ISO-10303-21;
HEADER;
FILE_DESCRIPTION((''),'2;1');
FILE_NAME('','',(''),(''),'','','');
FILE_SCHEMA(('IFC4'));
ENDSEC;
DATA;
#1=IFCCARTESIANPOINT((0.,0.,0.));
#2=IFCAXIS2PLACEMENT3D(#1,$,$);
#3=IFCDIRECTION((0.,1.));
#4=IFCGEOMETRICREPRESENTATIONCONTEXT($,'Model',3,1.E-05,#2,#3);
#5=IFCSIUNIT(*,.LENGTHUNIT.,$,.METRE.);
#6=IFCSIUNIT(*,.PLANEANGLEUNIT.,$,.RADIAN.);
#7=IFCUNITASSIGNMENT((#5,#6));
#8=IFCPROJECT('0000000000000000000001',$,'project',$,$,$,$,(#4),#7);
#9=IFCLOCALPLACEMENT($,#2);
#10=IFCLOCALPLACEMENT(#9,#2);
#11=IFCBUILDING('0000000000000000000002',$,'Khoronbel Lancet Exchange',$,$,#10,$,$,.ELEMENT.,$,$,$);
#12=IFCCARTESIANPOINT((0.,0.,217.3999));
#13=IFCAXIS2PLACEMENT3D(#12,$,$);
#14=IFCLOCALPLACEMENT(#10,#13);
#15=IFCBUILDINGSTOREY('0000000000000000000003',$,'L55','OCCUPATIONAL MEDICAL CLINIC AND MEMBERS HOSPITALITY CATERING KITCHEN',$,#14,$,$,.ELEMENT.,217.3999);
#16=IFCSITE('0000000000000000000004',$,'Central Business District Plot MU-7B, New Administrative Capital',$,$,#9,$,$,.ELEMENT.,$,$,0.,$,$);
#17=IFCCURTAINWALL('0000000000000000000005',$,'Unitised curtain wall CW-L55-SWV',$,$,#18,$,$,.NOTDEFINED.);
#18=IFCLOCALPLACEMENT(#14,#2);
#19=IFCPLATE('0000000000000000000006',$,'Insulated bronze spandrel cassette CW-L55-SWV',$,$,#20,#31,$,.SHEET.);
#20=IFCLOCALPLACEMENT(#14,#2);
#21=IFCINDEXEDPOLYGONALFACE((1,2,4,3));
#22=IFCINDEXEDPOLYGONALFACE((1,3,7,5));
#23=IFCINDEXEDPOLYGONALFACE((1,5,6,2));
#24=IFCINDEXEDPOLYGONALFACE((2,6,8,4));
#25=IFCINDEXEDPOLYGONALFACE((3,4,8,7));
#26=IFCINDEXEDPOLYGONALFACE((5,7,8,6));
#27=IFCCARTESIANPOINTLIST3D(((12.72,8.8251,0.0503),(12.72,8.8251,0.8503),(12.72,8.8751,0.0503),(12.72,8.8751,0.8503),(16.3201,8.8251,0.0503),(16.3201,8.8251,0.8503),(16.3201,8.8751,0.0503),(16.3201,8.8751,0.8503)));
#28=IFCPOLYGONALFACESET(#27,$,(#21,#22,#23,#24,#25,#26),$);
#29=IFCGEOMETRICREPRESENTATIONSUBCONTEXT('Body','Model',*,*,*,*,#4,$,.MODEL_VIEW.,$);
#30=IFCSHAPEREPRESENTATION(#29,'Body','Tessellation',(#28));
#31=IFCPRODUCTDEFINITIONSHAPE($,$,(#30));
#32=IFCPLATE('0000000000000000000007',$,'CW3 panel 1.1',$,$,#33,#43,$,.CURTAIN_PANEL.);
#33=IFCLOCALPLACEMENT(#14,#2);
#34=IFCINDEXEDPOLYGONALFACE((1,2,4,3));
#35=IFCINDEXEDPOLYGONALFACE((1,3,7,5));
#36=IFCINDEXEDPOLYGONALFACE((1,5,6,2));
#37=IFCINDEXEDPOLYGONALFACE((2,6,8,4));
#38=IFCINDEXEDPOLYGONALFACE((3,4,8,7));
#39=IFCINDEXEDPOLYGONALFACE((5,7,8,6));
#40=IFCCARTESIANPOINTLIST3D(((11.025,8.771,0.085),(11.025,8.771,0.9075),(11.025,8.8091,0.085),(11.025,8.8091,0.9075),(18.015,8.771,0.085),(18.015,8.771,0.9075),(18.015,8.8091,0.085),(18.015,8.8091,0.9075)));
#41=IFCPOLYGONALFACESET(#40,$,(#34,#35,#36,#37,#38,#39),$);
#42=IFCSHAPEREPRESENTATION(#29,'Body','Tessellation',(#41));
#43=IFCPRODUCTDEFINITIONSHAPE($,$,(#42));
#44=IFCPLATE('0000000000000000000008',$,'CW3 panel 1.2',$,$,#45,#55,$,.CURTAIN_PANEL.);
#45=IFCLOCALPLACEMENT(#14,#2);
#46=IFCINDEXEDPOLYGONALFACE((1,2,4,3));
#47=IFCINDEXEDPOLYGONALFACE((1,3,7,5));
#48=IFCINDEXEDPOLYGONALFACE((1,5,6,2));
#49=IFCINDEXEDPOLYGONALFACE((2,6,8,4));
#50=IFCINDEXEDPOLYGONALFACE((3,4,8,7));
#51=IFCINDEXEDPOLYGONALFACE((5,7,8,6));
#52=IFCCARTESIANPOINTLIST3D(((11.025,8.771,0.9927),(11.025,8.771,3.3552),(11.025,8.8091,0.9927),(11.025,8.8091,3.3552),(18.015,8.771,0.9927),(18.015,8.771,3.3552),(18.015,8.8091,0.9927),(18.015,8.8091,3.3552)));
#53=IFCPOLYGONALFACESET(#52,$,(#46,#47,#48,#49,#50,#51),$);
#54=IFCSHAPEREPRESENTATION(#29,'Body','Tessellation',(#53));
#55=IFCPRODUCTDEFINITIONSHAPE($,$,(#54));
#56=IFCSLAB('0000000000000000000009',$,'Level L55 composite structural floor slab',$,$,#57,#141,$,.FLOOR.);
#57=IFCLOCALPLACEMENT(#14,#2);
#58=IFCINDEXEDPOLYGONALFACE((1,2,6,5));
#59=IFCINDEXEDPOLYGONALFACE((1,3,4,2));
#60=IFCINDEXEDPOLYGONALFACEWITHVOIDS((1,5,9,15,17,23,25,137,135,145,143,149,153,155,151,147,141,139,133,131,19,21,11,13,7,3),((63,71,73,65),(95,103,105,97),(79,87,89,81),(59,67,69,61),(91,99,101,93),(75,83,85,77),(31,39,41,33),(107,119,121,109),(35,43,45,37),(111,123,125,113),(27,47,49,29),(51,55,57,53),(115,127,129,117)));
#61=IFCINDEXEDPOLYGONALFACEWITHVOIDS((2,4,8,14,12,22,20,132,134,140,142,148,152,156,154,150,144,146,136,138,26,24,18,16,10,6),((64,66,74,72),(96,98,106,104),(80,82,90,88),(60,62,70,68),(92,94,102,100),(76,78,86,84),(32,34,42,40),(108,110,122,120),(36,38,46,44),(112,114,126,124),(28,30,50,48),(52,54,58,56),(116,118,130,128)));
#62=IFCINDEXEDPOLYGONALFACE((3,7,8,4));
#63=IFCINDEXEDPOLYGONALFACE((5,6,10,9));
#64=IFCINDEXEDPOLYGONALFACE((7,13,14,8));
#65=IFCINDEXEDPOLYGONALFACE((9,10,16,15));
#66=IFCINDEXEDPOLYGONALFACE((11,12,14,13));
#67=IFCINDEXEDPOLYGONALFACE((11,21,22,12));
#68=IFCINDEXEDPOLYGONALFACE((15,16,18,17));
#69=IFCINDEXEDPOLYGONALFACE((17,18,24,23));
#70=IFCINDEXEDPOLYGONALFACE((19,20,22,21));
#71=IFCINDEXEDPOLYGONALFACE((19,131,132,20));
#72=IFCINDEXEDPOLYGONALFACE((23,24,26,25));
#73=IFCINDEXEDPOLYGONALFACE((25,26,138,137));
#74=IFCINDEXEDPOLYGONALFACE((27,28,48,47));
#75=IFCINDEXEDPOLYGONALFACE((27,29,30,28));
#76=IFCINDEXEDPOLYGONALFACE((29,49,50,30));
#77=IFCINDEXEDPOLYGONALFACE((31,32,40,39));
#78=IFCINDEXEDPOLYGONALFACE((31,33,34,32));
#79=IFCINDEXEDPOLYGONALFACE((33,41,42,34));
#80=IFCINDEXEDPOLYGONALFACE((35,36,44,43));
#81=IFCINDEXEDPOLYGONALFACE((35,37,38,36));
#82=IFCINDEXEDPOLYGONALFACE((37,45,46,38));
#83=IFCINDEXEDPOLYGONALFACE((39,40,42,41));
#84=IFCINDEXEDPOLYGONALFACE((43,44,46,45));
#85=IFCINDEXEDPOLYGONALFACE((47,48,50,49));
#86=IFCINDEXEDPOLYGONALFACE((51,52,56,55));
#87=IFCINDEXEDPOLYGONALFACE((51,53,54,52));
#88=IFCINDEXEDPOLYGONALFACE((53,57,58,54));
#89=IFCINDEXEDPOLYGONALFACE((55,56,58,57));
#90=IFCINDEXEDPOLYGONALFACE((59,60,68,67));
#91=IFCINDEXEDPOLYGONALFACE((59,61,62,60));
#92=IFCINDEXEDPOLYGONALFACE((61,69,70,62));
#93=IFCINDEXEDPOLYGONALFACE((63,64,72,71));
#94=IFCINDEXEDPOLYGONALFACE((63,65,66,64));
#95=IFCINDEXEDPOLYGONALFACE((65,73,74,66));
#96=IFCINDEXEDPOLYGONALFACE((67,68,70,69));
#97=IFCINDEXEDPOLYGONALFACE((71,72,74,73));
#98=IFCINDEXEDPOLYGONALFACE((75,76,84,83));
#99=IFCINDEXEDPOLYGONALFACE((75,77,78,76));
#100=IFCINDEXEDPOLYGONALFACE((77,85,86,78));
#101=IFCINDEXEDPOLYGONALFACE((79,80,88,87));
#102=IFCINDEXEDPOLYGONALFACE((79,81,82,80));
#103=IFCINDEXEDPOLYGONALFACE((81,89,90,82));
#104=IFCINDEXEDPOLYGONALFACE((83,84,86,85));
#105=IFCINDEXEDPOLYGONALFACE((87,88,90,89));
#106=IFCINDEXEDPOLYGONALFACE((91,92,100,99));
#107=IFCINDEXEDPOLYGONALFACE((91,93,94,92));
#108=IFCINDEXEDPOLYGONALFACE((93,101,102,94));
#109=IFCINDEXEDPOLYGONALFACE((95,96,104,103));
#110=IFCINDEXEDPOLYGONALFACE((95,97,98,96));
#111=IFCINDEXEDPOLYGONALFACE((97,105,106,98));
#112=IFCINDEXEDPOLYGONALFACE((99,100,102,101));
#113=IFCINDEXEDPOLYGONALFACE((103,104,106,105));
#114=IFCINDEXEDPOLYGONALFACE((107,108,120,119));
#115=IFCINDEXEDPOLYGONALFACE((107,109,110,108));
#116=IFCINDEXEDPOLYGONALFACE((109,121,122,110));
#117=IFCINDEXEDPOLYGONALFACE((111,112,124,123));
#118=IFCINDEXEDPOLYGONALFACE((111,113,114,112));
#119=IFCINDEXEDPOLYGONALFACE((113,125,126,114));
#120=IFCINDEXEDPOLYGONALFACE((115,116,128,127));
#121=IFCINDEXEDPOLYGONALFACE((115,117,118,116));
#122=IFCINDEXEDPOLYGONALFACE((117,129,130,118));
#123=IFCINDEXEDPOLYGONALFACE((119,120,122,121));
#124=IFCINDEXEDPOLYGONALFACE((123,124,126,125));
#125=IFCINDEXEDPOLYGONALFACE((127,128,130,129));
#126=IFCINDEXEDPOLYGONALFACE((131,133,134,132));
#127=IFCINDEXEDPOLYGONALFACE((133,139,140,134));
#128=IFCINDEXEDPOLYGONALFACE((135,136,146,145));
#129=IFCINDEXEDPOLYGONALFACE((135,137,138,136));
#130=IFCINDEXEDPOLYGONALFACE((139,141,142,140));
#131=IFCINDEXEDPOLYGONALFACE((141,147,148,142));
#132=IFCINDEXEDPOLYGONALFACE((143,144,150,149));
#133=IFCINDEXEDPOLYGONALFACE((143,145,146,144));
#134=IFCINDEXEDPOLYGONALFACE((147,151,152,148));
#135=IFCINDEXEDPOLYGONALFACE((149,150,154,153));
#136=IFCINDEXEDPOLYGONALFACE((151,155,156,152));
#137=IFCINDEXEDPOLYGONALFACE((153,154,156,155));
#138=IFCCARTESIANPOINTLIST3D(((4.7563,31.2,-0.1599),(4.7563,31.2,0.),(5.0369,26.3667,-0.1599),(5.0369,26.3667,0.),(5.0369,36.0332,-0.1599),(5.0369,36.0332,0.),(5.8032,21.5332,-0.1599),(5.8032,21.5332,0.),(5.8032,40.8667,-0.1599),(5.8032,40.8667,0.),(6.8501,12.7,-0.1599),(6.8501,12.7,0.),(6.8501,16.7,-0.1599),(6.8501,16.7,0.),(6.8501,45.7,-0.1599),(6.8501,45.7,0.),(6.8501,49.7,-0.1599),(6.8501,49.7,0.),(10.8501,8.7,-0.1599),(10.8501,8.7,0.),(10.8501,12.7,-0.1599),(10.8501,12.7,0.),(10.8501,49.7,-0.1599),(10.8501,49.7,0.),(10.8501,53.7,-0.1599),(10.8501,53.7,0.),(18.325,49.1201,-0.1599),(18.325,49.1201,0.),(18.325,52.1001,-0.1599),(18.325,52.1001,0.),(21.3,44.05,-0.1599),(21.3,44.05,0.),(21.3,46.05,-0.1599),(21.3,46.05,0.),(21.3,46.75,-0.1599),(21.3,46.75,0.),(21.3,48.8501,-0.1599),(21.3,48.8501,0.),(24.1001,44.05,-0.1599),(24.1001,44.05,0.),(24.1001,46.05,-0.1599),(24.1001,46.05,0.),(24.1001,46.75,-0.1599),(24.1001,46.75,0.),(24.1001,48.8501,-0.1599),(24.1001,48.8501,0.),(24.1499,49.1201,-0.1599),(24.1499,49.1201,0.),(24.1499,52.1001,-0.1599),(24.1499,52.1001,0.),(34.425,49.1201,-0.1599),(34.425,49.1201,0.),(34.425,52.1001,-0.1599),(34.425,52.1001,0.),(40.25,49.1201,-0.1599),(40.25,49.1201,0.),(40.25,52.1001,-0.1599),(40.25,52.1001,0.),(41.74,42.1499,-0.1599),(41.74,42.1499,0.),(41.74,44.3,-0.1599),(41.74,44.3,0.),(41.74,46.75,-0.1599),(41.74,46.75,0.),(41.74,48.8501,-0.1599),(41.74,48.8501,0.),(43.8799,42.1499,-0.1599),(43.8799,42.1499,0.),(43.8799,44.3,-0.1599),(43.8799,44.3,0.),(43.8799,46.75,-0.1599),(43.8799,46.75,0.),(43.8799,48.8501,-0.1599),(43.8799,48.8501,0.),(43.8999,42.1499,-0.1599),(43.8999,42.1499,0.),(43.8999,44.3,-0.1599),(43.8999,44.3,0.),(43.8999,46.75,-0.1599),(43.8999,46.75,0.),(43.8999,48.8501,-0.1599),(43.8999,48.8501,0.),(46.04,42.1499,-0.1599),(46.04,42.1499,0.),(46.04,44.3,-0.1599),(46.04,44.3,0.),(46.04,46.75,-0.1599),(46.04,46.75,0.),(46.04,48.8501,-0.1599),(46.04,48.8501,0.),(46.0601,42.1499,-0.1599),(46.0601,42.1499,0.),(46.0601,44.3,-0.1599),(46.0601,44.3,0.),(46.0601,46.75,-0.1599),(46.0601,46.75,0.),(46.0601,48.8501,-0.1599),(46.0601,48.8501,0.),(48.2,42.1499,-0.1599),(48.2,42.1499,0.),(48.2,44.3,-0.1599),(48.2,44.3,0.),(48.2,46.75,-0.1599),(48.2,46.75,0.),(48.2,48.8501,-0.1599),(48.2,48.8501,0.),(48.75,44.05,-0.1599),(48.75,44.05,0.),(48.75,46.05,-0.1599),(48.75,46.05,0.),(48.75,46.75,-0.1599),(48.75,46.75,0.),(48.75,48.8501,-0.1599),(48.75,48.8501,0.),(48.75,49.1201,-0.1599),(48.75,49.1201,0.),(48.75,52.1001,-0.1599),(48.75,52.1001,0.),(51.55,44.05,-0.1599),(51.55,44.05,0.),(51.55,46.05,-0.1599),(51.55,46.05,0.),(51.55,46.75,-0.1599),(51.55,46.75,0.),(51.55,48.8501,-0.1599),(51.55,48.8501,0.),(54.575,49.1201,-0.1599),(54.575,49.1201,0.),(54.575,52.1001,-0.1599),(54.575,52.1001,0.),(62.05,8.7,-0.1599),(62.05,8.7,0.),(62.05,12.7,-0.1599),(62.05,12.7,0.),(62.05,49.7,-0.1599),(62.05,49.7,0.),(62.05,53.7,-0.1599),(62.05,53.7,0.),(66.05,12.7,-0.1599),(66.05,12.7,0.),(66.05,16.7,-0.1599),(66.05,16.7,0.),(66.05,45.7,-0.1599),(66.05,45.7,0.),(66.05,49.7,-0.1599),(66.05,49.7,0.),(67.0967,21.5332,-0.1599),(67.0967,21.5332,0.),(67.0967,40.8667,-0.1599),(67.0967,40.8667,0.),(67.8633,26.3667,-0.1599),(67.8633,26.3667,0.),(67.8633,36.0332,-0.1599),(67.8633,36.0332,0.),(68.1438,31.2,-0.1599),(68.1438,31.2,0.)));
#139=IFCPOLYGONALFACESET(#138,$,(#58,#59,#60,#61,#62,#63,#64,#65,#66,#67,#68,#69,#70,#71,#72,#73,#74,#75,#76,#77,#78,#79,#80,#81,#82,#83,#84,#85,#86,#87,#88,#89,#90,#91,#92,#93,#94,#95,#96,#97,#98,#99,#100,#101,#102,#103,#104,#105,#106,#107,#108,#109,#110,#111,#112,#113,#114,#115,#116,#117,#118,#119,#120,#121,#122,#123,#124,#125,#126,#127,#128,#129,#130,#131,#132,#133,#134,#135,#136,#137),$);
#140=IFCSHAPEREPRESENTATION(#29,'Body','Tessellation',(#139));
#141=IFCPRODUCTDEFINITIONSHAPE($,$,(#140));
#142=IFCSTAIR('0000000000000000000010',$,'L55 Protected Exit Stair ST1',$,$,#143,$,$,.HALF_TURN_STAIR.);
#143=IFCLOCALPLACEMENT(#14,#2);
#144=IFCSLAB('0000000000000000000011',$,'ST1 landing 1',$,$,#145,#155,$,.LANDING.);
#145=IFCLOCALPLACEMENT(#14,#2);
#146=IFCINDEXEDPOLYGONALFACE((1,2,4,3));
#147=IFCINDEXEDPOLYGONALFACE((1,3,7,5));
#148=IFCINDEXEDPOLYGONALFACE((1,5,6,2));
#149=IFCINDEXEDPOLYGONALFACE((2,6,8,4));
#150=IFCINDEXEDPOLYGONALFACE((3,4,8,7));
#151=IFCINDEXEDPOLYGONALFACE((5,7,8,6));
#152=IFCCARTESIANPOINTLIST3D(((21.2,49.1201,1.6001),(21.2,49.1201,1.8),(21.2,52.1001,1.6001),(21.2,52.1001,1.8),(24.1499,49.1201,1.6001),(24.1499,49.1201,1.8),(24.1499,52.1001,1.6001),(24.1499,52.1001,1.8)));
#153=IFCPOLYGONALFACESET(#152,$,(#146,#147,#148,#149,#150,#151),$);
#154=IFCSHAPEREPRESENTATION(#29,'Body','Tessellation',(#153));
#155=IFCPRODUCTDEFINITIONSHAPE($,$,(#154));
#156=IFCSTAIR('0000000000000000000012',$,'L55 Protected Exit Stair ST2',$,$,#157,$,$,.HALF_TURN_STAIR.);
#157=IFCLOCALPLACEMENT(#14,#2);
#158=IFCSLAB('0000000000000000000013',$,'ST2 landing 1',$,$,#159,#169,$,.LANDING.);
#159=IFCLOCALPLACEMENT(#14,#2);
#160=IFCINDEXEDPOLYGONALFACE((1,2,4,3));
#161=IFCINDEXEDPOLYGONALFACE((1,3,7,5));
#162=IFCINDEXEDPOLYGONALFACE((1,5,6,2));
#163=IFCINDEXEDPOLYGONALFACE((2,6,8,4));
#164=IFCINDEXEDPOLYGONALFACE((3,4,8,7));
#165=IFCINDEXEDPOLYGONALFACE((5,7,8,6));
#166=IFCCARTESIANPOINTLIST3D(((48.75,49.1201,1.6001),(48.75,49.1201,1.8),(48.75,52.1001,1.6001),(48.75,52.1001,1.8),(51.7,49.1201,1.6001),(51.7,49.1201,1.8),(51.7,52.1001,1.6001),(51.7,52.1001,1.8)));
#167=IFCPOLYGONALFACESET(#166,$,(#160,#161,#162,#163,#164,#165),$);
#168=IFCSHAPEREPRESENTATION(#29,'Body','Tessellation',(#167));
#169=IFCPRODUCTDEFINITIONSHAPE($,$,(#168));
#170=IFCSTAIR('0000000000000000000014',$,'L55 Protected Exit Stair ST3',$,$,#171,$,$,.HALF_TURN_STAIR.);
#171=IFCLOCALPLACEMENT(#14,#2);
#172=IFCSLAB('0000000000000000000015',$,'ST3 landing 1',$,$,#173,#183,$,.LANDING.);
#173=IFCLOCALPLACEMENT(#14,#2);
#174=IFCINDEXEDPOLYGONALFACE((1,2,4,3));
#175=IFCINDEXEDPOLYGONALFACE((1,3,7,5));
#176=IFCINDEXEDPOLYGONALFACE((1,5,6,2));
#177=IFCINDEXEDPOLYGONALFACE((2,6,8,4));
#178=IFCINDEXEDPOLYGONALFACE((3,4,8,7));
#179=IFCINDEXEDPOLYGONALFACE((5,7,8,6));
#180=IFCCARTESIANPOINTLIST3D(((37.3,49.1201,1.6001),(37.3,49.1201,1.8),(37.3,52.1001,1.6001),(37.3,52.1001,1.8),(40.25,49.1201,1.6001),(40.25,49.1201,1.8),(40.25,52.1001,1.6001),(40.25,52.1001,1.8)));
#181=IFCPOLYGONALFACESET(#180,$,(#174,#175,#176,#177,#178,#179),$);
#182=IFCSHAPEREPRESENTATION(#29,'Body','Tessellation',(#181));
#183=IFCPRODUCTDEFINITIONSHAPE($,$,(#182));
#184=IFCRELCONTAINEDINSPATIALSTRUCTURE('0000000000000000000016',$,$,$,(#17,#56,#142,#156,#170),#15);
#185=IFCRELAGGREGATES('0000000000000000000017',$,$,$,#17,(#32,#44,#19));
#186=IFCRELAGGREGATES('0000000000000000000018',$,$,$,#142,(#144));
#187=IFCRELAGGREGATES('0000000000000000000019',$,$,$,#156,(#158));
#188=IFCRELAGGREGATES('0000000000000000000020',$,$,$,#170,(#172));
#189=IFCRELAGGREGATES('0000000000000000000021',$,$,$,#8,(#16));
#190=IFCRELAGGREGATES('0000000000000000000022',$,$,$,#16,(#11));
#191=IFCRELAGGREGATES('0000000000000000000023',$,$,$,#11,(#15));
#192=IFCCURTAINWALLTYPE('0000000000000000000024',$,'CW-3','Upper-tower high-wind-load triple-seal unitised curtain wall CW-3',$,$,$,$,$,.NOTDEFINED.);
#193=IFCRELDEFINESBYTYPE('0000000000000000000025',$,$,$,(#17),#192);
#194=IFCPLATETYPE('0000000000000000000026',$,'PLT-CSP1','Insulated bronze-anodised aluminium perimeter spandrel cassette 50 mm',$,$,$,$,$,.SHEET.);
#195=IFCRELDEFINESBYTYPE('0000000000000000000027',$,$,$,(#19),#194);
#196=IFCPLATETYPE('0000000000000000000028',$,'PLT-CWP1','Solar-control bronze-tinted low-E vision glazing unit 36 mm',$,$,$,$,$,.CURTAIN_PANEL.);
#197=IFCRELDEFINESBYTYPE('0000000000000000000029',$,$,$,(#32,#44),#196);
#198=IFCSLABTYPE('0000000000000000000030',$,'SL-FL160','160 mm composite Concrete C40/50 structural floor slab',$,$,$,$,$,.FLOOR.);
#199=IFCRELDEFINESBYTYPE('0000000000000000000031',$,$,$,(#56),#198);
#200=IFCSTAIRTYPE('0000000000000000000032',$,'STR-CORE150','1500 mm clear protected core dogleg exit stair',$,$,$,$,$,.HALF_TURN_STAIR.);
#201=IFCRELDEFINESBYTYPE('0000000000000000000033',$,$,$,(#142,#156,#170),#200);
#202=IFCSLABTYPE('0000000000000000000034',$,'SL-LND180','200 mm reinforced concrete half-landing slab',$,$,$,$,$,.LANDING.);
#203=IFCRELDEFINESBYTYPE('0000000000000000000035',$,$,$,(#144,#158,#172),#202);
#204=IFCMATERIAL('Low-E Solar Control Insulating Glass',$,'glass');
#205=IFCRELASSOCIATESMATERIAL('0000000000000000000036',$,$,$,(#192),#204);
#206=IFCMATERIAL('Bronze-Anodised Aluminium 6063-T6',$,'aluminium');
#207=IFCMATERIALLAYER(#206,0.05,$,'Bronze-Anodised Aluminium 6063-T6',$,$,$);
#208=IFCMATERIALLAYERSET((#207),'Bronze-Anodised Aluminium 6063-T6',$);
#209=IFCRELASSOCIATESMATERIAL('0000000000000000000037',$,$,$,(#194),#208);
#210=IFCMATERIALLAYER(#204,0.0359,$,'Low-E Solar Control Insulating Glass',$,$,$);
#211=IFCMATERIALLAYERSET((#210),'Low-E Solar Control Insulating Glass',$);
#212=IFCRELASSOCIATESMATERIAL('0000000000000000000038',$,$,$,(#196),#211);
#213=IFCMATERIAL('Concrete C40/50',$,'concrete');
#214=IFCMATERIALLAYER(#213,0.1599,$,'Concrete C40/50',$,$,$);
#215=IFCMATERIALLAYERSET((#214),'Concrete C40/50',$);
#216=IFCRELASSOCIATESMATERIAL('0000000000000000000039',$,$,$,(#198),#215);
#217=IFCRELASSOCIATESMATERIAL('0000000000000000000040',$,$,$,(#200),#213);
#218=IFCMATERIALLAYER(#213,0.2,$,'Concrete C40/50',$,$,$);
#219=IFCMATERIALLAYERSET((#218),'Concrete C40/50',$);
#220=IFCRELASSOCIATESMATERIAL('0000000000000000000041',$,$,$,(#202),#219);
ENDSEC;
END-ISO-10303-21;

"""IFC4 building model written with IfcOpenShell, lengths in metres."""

from ifc_helpers import new_model, si_unit, direction, frame, origin, origin_2d, place, context, subcontext, project, spatial, polyline, rectangle, outline, extrude, material, layer, layer_set, type_object, element, aggregate, save


model = new_model("IFC4")

# Units and contexts
model_context = context("Model", 3, precision=1e-05, world=origin(), true_north=direction((0.0, 1.0)))
body_context = subcontext(model_context, "Body", "Model", "MODEL_VIEW")
ifc_project = project(units=[si_unit("LENGTHUNIT", "METRE"), si_unit("PLANEANGLEUNIT", "RADIAN")], contexts=[model_context])

# Site, building, storey
site_placement = place(None, origin())
site = spatial("IfcSite", under=ifc_project, at=site_placement, Name="Central Business District Plot MU-7B, New Administrative Capital", CompositionType="ELEMENT", RefElevation=0.0)
building_placement = place(site_placement, origin())
building = spatial("IfcBuilding", under=site, at=building_placement, Name="Khoronbel Lancet Exchange", CompositionType="ELEMENT")
storey_placement = place(building_placement, frame((0.0, 0.0, 217.3999)))
storey = spatial("IfcBuildingStorey", under=building, at=storey_placement, Name="L55", Description="OCCUPATIONAL MEDICAL CLINIC AND MEMBERS HOSPITALITY CATERING KITCHEN", CompositionType="ELEMENT", Elevation=217.3999)

# Curtain wall
ifc_material_1 = material(Name="Low-E Solar Control Insulating Glass", Category="glass")
curtain_wall_type = type_object("IfcCurtainWallType", Name="CW-3", Description="Upper-tower high-wind-load triple-seal unitised curtain wall CW-3", PredefinedType="NOTDEFINED", material=ifc_material_1)
curtain_wall_1_placement = place(storey_placement, origin())
curtain_wall_1 = element("IfcCurtainWall", 1, at=curtain_wall_1_placement, inside=storey, type_object=curtain_wall_type, Name="Unitised curtain wall CW-L55-SWV", PredefinedType="NOTDEFINED")
ifc_material_2 = material(Name="Bronze-Anodised Aluminium 6063-T6", Category="aluminium")

# Plates
ifc_layer_1 = layer(ifc_material_2, 0.05, Name="Bronze-Anodised Aluminium 6063-T6")
ifc_layer_set_1 = layer_set([ifc_layer_1], Name="Bronze-Anodised Aluminium 6063-T6")
plate_type_1 = type_object("IfcPlateType", Name="PLT-CSP1", Description="Insulated bronze-anodised aluminium perimeter spandrel cassette 50 mm", PredefinedType="SHEET", material=ifc_layer_set_1)
plate_1_placement = place(storey_placement, frame((14.52, 8.8501, 0.0503), z_axis=(0.0, 0.0, 1.0), x_axis=(1.0, 0.0, 0.0)))
plate_1 = element("IfcPlate", 2, at=plate_1_placement, type_object=plate_type_1, Name="Insulated bronze spandrel cassette CW-L55-SWV", PredefinedType="SHEET", context=body_context, shape_type="SweptSolid", body=[
    extrude(rectangle(XDim=3.6001, YDim=0.05, at=origin_2d()), origin(), (0.0, 0.0, 1.0), 0.8),
])
ifc_layer_2 = layer(ifc_material_1, 0.0359, Name="Low-E Solar Control Insulating Glass")
ifc_layer_set_2 = layer_set([ifc_layer_2], Name="Low-E Solar Control Insulating Glass")
plate_type_2 = type_object("IfcPlateType", Name="PLT-CWP1", Description="Solar-control bronze-tinted low-E vision glazing unit 36 mm", PredefinedType="CURTAIN_PANEL", material=ifc_layer_set_2)
plate_2_placement = place(storey_placement, frame((14.52, 8.79, 0.085), z_axis=(0.0, 0.0, 1.0), x_axis=(1.0, 0.0, 0.0)))
plate_2 = element("IfcPlate", 3, at=plate_2_placement, type_object=plate_type_2, Name="CW3 panel 1.1", PredefinedType="CURTAIN_PANEL", context=body_context, shape_type="SweptSolid", body=[
    extrude(rectangle(XDim=6.99, YDim=0.0381, at=origin_2d()), origin(), (0.0, 0.0, 1.0), 0.8225),
])
plate_3_placement = place(storey_placement, frame((14.52, 8.79, 0.9927), z_axis=(0.0, 0.0, 1.0), x_axis=(1.0, 0.0, 0.0)))
plate_3 = element("IfcPlate", 4, at=plate_3_placement, type_object=plate_type_2, Name="CW3 panel 1.2", PredefinedType="CURTAIN_PANEL", context=body_context, shape_type="SweptSolid", body=[
    extrude(rectangle(XDim=6.99, YDim=0.0381, at=origin_2d()), origin(), (0.0, 0.0, 1.0), 2.3625),
])
aggregate(curtain_wall_1, [plate_2, plate_3, plate_1])

# Slab
ifc_material_3 = material(Name="Concrete C40/50", Category="concrete")
ifc_layer_3 = layer(ifc_material_3, 0.1599, Name="Concrete C40/50")
ifc_layer_set_3 = layer_set([ifc_layer_3], Name="Concrete C40/50")
slab_type_1 = type_object("IfcSlabType", Name="SL-FL160", Description="160 mm composite Concrete C40/50 structural floor slab", PredefinedType="FLOOR", material=ifc_layer_set_3)
slab_1_placement = place(storey_placement, frame((0.0, 0.0, -0.1599)))
element("IfcSlab", 5, at=slab_1_placement, inside=storey, type_object=slab_type_1, Name="Level L55 composite structural floor slab", PredefinedType="FLOOR", context=body_context, shape_type="SweptSolid", body=[
    extrude(outline(polyline([(10.8501, 8.7), (62.05, 8.7), (62.05, 12.7), (66.05, 12.7), (66.05, 16.7), (67.0967, 21.5332), (67.8633, 26.3667), (68.1438, 31.2), (67.8633, 36.0332), (67.0967, 40.8667), (66.05, 45.7), (66.05, 49.7), (62.05, 49.7), (62.05, 53.7), (10.8501, 53.7), (10.8501, 49.7), (6.8501, 49.7), (6.8501, 45.7), (5.8032, 40.8667), (5.0369, 36.0332), (4.7563, 31.2), (5.0369, 26.3667), (5.8032, 21.5332), (6.8501, 16.7), (6.8501, 12.7), (10.8501, 12.7), (10.8501, 8.7)]), holes=[polyline([(18.325, 49.1201), (24.1499, 49.1201), (24.1499, 52.1001), (18.325, 52.1001), (18.325, 49.1201)]), polyline([(48.75, 49.1201), (54.575, 49.1201), (54.575, 52.1001), (48.75, 52.1001), (48.75, 49.1201)]), polyline([(34.425, 49.1201), (40.25, 49.1201), (40.25, 52.1001), (34.425, 52.1001), (34.425, 49.1201)]), polyline([(41.74, 46.75), (43.8799, 46.75), (43.8799, 48.8501), (41.74, 48.8501), (41.74, 46.75)]), polyline([(43.8999, 46.75), (46.04, 46.75), (46.04, 48.8501), (43.8999, 48.8501), (43.8999, 46.75)]), polyline([(46.0601, 46.75), (48.2, 46.75), (48.2, 48.8501), (46.0601, 48.8501), (46.0601, 46.75)]), polyline([(41.74, 42.1499), (43.8799, 42.1499), (43.8799, 44.3), (41.74, 44.3), (41.74, 42.1499)]), polyline([(43.8999, 42.1499), (46.04, 42.1499), (46.04, 44.3), (43.8999, 44.3), (43.8999, 42.1499)]), polyline([(46.0601, 42.1499), (48.2, 42.1499), (48.2, 44.3), (46.0601, 44.3), (46.0601, 42.1499)]), polyline([(21.3, 46.75), (24.1001, 46.75), (24.1001, 48.8501), (21.3, 48.8501), (21.3, 46.75)]), polyline([(48.75, 46.75), (51.55, 46.75), (51.55, 48.8501), (48.75, 48.8501), (48.75, 46.75)]), polyline([(21.3, 44.05), (24.1001, 44.05), (24.1001, 46.05), (21.3, 46.05), (21.3, 44.05)]), polyline([(48.75, 44.05), (51.55, 44.05), (51.55, 46.05), (48.75, 46.05), (48.75, 44.05)])]), origin(), (0.0, 0.0, 1.0), 0.1599),
])

# Stairs, slabs
stair_type = type_object("IfcStairType", Name="STR-CORE150", Description="1500 mm clear protected core dogleg exit stair", PredefinedType="HALF_TURN_STAIR", material=ifc_material_3)
stair_1_placement = place(storey_placement, origin())
stair_1 = element("IfcStair", 6, at=stair_1_placement, inside=storey, type_object=stair_type, Name="L55 Protected Exit Stair ST1", PredefinedType="HALF_TURN_STAIR")
ifc_layer_4 = layer(ifc_material_3, 0.2, Name="Concrete C40/50")
ifc_layer_set_4 = layer_set([ifc_layer_4], Name="Concrete C40/50")
slab_type_2 = type_object("IfcSlabType", Name="SL-LND180", Description="200 mm reinforced concrete half-landing slab", PredefinedType="LANDING", material=ifc_layer_set_4)
slab_2_placement = place(storey_placement, frame((0.0, 0.0, 1.6001)))
slab_2 = element("IfcSlab", 7, at=slab_2_placement, type_object=slab_type_2, Name="ST1 landing 1", PredefinedType="LANDING", context=body_context, shape_type="SweptSolid", body=[
    extrude(outline(polyline([(21.2, 49.1201), (24.1499, 49.1201), (24.1499, 52.1001), (21.2, 52.1001), (21.2, 49.1201)])), origin(), (0.0, 0.0, 1.0), 0.2),
])
aggregate(stair_1, [slab_2])
stair_2_placement = place(storey_placement, origin())
stair_2 = element("IfcStair", 8, at=stair_2_placement, inside=storey, type_object=stair_type, Name="L55 Protected Exit Stair ST2", PredefinedType="HALF_TURN_STAIR")
slab_3_placement = place(storey_placement, frame((0.0, 0.0, 1.6001)))
slab_3 = element("IfcSlab", 9, at=slab_3_placement, type_object=slab_type_2, Name="ST2 landing 1", PredefinedType="LANDING", context=body_context, shape_type="SweptSolid", body=[
    extrude(outline(polyline([(51.7, 52.1001), (48.75, 52.1001), (48.75, 49.1201), (51.7, 49.1201), (51.7, 52.1001)])), origin(), (0.0, 0.0, 1.0), 0.2),
])
aggregate(stair_2, [slab_3])
stair_3_placement = place(storey_placement, origin())
stair_3 = element("IfcStair", 10, at=stair_3_placement, inside=storey, type_object=stair_type, Name="L55 Protected Exit Stair ST3", PredefinedType="HALF_TURN_STAIR")
slab_4_placement = place(storey_placement, frame((0.0, 0.0, 1.6001)))
slab_4 = element("IfcSlab", 11, at=slab_4_placement, type_object=slab_type_2, Name="ST3 landing 1", PredefinedType="LANDING", context=body_context, shape_type="SweptSolid", body=[
    extrude(outline(polyline([(37.3, 49.1201), (40.25, 49.1201), (40.25, 52.1001), (37.3, 52.1001), (37.3, 49.1201)])), origin(), (0.0, 0.0, 1.0), 0.2),
])
aggregate(stair_3, [slab_4])

save(model, "model.ifc")
